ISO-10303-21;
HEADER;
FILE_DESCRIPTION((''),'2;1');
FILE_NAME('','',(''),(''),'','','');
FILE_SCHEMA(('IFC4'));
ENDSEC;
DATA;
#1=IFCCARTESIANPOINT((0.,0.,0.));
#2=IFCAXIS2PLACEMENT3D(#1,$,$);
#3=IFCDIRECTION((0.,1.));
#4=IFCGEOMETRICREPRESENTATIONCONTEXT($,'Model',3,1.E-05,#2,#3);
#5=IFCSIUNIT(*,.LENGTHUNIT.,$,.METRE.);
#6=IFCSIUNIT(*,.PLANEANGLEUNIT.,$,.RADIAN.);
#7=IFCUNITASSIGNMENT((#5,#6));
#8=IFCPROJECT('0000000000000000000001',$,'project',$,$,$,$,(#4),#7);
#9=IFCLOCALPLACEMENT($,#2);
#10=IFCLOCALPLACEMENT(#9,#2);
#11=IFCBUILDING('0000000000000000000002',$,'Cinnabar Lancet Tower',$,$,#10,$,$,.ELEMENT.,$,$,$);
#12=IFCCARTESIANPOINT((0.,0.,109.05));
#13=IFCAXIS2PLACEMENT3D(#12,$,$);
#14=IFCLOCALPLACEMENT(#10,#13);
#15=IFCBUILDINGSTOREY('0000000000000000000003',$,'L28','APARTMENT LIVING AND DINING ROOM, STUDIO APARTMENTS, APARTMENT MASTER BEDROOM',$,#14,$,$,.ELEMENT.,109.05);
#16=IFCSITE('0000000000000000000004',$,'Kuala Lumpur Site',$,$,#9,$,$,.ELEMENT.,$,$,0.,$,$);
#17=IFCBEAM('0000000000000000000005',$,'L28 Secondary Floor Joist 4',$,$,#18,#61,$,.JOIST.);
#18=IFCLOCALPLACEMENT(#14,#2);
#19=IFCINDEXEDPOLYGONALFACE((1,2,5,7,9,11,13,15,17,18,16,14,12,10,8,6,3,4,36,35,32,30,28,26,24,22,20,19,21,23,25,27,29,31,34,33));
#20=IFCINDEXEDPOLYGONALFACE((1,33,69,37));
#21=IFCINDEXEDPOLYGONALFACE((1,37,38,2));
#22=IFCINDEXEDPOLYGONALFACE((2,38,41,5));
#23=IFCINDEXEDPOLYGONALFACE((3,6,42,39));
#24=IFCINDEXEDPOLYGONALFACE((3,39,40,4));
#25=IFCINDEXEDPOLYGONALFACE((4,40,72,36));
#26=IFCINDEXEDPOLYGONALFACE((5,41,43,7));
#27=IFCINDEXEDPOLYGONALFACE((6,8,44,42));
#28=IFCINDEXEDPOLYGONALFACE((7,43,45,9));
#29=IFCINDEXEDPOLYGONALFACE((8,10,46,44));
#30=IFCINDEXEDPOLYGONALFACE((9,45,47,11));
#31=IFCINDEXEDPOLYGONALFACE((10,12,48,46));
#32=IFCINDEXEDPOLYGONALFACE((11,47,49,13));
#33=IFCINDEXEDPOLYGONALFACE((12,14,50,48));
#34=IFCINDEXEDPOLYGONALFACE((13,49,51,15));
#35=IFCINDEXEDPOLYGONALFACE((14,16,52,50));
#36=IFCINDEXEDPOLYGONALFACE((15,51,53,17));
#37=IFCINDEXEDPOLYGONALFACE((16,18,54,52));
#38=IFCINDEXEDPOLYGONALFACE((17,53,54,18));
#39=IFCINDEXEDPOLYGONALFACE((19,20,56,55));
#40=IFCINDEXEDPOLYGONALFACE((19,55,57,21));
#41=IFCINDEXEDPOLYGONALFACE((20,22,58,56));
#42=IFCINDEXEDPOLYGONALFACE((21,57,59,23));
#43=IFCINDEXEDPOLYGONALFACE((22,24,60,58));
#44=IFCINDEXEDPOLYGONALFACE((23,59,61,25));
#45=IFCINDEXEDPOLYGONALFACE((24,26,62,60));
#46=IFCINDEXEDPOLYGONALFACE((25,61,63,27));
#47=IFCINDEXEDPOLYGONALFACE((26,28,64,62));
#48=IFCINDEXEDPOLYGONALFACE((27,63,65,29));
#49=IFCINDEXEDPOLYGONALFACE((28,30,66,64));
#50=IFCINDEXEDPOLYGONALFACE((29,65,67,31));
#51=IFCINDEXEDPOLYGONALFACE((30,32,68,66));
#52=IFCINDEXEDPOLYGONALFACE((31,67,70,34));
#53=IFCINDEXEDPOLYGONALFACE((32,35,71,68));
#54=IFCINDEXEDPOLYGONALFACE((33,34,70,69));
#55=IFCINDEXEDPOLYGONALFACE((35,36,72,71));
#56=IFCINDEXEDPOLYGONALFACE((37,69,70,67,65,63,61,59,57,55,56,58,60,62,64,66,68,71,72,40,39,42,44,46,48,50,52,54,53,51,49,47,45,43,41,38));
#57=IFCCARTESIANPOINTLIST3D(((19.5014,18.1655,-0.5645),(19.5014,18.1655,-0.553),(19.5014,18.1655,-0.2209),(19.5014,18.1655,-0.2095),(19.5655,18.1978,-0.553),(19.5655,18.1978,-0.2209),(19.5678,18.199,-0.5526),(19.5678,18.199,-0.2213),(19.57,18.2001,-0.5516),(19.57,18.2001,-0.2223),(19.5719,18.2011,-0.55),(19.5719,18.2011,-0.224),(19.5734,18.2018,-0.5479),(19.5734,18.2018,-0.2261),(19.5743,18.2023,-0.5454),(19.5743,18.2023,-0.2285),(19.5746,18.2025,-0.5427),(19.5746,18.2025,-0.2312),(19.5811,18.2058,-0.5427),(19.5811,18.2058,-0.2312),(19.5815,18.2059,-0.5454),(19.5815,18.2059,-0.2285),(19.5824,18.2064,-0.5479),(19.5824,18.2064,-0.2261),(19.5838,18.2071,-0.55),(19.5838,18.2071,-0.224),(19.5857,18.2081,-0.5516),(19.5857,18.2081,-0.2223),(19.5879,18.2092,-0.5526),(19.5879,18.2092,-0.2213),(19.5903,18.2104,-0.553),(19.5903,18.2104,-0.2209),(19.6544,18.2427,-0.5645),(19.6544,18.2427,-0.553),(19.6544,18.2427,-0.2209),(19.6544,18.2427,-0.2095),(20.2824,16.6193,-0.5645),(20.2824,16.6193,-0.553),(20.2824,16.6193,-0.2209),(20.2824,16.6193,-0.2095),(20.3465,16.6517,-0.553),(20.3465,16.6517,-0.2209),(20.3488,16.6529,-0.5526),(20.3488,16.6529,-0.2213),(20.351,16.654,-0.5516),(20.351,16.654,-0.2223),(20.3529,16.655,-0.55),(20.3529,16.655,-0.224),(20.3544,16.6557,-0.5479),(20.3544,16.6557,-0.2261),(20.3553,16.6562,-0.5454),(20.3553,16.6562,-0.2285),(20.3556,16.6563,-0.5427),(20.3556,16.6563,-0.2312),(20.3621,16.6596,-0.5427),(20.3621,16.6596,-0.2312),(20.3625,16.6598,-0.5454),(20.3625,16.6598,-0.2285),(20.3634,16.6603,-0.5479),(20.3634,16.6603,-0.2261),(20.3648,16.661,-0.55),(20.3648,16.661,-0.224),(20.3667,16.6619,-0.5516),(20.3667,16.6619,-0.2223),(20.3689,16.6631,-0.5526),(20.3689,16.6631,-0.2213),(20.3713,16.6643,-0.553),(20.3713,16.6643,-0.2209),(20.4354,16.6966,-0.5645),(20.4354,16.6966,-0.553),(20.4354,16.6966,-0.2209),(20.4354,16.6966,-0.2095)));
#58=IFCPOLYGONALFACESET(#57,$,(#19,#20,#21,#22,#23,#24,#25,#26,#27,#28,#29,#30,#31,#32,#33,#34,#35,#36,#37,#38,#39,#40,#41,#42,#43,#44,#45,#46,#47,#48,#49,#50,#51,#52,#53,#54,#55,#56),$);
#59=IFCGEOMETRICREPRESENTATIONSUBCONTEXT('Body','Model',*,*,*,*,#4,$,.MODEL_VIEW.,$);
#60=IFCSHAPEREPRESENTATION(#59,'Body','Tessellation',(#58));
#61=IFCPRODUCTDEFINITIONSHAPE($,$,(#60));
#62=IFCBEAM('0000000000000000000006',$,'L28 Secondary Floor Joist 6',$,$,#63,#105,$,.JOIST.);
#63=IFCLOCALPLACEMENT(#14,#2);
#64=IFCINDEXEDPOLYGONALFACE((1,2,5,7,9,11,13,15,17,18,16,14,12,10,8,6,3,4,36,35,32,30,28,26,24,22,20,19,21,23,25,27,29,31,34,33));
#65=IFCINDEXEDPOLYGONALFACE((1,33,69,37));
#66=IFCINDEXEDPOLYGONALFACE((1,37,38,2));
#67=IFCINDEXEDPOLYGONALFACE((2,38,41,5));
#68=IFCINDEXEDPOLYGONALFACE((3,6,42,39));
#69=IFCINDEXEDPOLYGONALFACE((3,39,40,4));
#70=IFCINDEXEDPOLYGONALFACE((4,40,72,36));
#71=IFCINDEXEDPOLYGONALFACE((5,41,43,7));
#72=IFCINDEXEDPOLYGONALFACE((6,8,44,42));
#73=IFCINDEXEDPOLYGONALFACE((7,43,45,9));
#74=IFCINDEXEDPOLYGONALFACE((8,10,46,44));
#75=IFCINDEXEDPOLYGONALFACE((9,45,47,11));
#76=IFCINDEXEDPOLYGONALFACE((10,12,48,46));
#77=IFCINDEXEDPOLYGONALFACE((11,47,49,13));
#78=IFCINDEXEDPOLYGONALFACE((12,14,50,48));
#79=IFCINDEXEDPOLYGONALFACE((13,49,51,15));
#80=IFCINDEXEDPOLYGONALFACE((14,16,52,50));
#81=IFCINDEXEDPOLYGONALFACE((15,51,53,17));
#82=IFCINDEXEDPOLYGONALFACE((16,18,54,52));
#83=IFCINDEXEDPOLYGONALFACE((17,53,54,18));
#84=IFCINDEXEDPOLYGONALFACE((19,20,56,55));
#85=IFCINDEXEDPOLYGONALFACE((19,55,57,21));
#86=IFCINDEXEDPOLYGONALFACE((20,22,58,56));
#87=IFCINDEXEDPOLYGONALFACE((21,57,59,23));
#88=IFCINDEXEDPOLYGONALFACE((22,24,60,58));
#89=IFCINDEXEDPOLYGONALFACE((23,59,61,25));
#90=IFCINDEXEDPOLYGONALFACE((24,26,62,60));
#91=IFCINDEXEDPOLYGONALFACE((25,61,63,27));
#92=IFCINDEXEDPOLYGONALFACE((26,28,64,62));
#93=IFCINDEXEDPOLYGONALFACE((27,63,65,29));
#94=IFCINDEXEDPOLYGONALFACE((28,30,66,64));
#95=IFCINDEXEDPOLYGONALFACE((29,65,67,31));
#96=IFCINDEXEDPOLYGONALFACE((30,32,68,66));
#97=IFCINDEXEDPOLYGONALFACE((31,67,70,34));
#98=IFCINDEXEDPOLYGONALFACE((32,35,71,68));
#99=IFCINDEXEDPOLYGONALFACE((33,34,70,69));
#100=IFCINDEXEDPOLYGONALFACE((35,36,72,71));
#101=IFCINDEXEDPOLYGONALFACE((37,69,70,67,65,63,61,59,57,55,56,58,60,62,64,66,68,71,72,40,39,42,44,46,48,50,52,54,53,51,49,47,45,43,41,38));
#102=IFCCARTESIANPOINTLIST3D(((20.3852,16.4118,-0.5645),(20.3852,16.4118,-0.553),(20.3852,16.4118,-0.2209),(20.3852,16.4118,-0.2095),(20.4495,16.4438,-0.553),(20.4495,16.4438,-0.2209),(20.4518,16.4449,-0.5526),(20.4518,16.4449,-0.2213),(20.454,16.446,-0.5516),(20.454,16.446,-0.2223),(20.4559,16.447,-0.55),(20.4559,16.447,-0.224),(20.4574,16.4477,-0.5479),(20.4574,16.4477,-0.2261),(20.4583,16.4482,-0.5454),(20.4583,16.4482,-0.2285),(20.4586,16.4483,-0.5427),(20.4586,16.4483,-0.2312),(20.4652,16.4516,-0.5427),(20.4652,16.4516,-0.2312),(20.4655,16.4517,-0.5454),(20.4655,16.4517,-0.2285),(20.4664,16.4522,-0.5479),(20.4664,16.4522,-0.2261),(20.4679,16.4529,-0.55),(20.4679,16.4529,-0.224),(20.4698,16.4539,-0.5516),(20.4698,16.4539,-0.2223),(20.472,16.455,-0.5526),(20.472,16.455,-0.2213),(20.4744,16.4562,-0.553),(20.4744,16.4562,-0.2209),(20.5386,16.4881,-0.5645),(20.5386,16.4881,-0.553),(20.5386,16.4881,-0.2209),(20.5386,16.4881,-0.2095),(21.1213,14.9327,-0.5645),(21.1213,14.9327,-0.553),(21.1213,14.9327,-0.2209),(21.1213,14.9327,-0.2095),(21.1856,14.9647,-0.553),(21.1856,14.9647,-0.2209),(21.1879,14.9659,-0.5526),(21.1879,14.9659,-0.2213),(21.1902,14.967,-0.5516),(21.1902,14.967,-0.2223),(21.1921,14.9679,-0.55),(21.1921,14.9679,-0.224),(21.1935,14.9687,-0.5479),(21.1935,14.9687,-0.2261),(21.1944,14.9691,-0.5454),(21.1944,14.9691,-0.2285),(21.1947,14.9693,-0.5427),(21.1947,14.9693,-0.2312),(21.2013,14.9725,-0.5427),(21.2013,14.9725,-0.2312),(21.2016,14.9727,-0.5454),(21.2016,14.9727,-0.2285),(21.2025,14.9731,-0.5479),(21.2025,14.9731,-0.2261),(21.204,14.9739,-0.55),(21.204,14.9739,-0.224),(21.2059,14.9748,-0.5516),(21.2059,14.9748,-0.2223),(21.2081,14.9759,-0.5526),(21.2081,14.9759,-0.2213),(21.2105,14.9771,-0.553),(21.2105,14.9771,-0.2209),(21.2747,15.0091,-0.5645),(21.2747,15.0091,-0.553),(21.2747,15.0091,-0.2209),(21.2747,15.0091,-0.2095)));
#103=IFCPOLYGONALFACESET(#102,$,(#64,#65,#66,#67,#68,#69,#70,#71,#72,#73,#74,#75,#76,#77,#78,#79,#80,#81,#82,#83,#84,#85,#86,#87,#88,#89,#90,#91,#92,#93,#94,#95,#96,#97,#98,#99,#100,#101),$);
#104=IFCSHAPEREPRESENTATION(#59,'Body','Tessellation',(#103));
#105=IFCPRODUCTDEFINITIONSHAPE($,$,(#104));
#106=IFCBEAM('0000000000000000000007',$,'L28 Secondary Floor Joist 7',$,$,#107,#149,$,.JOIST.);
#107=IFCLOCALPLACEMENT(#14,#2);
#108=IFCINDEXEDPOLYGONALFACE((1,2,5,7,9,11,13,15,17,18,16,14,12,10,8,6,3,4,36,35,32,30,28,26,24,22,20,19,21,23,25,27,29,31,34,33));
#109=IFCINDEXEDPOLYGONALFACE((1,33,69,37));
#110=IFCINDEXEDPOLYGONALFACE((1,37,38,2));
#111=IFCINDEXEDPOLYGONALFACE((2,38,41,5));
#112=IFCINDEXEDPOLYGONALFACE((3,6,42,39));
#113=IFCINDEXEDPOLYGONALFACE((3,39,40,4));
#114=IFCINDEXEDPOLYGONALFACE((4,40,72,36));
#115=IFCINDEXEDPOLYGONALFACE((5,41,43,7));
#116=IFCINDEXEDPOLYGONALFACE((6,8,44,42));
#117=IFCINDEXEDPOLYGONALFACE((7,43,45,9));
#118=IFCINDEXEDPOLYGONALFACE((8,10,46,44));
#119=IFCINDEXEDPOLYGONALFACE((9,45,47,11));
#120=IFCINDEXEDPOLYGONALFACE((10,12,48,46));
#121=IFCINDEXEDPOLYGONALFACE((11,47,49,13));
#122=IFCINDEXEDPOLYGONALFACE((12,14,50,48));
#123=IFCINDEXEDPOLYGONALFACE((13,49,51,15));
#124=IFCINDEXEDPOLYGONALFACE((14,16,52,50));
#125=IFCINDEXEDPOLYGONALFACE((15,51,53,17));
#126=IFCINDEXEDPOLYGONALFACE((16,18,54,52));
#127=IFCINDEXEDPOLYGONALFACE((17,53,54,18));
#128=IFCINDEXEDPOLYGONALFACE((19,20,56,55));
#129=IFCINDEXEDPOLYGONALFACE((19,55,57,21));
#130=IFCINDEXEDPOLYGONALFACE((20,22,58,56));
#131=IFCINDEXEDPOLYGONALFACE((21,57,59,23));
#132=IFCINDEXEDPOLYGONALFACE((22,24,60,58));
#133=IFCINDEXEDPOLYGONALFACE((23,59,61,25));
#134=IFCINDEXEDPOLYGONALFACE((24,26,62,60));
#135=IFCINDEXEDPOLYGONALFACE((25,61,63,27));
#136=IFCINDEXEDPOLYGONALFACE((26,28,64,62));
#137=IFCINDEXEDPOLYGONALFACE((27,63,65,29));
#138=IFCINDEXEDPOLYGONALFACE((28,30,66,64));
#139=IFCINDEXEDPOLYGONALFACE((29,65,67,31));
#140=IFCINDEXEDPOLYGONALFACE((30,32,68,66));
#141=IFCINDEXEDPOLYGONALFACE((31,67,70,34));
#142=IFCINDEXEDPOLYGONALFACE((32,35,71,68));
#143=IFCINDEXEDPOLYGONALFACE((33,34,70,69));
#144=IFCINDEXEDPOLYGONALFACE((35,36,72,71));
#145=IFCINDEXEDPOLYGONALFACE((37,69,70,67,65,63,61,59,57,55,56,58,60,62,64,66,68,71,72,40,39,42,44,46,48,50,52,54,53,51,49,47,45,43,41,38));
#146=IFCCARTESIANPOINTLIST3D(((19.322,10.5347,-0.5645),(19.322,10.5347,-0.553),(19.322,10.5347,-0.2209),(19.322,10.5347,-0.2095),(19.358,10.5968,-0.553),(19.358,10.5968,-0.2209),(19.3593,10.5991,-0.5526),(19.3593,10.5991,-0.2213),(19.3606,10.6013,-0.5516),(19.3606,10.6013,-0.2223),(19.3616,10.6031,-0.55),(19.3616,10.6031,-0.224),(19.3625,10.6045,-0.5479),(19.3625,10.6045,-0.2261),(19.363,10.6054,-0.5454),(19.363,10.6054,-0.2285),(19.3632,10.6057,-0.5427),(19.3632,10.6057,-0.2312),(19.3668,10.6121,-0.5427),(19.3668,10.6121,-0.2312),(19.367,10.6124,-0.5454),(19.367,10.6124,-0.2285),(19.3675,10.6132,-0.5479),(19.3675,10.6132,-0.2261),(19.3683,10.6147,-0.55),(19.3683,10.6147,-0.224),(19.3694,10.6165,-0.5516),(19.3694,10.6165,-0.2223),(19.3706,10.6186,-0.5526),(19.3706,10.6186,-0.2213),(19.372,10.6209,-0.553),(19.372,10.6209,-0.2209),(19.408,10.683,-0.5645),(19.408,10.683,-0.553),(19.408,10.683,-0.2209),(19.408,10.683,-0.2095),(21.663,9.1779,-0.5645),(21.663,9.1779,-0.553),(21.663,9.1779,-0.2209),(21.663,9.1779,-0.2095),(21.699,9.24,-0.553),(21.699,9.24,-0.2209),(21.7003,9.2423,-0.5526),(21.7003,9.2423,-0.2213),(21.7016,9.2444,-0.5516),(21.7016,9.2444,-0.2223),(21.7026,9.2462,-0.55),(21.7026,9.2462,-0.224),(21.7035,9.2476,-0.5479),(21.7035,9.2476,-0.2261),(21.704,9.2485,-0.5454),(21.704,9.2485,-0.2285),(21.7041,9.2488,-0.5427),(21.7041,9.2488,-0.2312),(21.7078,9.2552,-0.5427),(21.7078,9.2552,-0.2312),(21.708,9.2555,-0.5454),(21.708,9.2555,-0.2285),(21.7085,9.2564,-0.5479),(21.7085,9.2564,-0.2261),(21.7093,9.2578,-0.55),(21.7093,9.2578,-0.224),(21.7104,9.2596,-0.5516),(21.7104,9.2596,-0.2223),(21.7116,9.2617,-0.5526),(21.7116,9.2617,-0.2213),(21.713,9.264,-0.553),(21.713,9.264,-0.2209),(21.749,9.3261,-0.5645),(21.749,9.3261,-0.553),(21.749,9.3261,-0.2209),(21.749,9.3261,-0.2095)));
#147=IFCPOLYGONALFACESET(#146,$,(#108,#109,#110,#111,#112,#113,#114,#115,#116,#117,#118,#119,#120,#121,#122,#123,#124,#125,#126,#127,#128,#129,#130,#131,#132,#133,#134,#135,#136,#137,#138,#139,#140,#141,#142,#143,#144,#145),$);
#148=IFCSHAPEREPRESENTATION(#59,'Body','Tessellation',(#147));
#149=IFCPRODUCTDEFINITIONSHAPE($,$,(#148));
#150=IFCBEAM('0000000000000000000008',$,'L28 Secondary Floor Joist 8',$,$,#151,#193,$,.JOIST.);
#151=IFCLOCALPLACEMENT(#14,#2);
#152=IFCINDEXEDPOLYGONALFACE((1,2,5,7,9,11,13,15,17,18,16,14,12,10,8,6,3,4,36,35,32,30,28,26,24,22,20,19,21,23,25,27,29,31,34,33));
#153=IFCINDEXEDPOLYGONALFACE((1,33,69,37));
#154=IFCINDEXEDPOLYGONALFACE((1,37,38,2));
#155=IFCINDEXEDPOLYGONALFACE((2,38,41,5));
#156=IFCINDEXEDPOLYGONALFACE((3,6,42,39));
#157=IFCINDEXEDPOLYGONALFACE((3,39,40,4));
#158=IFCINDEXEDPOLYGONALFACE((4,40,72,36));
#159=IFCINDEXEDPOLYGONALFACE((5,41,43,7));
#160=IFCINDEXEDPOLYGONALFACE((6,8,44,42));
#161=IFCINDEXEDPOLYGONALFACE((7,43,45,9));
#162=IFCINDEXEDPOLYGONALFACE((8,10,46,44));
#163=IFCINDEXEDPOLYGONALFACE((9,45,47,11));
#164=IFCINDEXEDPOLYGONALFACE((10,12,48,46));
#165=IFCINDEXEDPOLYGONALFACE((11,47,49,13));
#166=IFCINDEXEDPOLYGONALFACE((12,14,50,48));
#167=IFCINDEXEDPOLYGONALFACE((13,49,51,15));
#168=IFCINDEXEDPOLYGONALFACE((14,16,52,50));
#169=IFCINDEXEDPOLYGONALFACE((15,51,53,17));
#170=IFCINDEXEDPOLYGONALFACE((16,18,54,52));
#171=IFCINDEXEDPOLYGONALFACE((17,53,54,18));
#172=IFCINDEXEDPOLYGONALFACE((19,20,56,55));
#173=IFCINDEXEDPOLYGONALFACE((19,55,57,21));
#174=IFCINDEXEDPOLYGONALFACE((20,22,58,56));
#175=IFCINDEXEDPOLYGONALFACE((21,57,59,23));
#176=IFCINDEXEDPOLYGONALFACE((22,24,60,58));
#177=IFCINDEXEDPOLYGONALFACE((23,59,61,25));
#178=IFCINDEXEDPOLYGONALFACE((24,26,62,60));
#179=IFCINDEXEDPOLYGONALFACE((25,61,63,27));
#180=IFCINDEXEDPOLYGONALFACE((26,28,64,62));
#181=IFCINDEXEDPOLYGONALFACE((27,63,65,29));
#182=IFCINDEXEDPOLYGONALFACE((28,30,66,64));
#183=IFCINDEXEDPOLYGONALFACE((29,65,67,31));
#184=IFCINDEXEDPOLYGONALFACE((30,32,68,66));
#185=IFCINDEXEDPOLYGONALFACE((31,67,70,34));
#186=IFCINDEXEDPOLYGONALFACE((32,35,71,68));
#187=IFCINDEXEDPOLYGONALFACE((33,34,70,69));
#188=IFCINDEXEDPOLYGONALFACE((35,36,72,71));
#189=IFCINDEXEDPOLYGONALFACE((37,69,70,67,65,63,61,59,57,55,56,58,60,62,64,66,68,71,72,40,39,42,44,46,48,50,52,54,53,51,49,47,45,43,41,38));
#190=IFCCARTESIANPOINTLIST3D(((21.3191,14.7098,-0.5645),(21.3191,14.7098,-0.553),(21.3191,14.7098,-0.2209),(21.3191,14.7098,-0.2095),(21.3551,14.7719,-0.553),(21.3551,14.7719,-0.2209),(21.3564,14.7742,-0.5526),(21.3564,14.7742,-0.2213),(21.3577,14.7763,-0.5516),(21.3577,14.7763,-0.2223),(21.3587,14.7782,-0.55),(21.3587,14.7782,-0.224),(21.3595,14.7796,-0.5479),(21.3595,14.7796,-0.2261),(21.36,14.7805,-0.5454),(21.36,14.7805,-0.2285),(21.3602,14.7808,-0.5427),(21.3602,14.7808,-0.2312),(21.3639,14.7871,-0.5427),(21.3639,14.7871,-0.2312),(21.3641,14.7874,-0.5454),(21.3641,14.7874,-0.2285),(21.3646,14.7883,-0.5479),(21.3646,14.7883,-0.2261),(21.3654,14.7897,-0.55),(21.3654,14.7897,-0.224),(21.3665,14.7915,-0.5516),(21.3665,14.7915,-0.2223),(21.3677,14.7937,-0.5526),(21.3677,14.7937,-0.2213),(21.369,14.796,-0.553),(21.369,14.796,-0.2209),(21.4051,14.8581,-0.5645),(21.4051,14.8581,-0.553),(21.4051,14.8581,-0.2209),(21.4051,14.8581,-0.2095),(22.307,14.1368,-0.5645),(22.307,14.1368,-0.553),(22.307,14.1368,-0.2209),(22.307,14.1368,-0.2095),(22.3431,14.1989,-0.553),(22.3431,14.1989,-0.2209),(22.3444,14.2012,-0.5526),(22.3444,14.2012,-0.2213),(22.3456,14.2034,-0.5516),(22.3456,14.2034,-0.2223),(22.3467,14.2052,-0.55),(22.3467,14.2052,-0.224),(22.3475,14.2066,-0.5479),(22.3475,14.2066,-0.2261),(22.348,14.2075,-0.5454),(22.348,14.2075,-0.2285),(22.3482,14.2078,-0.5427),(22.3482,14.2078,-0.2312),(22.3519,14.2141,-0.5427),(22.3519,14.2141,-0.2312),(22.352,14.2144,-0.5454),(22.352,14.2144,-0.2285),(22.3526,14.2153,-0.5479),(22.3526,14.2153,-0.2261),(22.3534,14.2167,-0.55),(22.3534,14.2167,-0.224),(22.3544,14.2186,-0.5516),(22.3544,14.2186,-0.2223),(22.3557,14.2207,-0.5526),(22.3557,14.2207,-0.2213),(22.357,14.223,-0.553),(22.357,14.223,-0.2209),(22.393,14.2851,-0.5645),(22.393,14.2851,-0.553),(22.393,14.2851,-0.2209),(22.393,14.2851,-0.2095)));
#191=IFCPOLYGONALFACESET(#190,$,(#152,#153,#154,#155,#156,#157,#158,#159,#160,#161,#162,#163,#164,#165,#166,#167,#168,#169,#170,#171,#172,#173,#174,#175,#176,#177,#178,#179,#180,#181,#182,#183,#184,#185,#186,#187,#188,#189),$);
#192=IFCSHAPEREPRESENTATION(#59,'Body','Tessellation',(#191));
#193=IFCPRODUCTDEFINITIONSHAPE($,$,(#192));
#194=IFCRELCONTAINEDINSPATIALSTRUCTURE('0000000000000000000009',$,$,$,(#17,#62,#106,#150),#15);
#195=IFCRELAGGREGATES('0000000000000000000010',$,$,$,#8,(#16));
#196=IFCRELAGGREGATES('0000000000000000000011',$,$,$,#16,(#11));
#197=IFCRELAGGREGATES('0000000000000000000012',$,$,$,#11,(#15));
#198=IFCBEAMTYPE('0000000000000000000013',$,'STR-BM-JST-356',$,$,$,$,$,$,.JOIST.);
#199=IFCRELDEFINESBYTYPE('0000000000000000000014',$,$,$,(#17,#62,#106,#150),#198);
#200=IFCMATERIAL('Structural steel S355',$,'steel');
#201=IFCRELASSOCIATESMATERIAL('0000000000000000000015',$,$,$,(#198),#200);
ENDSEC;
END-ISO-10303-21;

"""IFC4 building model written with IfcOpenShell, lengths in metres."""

from ifc_helpers import new_model, si_unit, direction, frame, origin, origin_2d, place, context, subcontext, project, spatial, i_section, extrude, material, material_profile, profile_set, type_object, element, save


model = new_model("IFC4")

# Units and contexts
model_context = context("Model", 3, precision=1e-05, world=origin(), true_north=direction((0.0, 1.0)))
body_context = subcontext(model_context, "Body", "Model", "MODEL_VIEW")
ifc_project = project(units=[si_unit("LENGTHUNIT", "METRE"), si_unit("PLANEANGLEUNIT", "RADIAN")], contexts=[model_context])

# Site, building, storey
site_placement = place(None, origin())
site = spatial("IfcSite", under=ifc_project, at=site_placement, Name="Kuala Lumpur Site", CompositionType="ELEMENT", RefElevation=0.0)
building_placement = place(site_placement, origin())
building = spatial("IfcBuilding", under=site, at=building_placement, Name="Cinnabar Lancet Tower", CompositionType="ELEMENT")
storey_placement = place(building_placement, frame((0.0, 0.0, 109.05)))
storey = spatial("IfcBuildingStorey", under=building, at=storey_placement, Name="L28", Description="APARTMENT LIVING AND DINING ROOM, STUDIO APARTMENTS, APARTMENT MASTER BEDROOM", CompositionType="ELEMENT", Elevation=109.05)

# Beams
ifc_material_1 = material(Name="Structural steel S355", Category="steel")
ifc_material_profile = material_profile(ifc_material_1, i_section(OverallWidth=0.1714, OverallDepth=0.355, WebThickness=0.0073, FlangeThickness=0.0115, FilletRadius=0.0103, at=origin_2d()), Name="UKB 356x171x51")
ifc_profile_set = profile_set([ifc_material_profile], Name="Structural steel S355")
beam_type = type_object("IfcBeamType", Name="STR-BM-JST-356", PredefinedType="JOIST", material=ifc_profile_set)
beam_1_placement = place(storey_placement, frame((19.5779, 18.2041, -0.387), z_axis=(0.450874, -0.892587, 0.0), x_axis=(0.892587, 0.450874, 0.0)))
element("IfcBeam", 1, at=beam_1_placement, inside=storey, type_object=beam_type, Name="L28 Secondary Floor Joist 4", PredefinedType="JOIST", context=body_context, shape_type="SweptSolid", body=[
    extrude(i_section(OverallWidth=0.1714, OverallDepth=0.355, WebThickness=0.0073, FlangeThickness=0.0115, FilletRadius=0.0103, at=origin_2d()), origin(), (0.0, 0.0, 1.0), 1.7322),
])
beam_2_placement = place(storey_placement, frame((20.4619, 16.45, -0.387), z_axis=(0.445558, -0.895253, 0.0), x_axis=(0.895253, 0.445558, 0.0)))
element("IfcBeam", 2, at=beam_2_placement, inside=storey, type_object=beam_type, Name="L28 Secondary Floor Joist 6", PredefinedType="JOIST", context=body_context, shape_type="SweptSolid", body=[
    extrude(i_section(OverallWidth=0.1714, OverallDepth=0.355, WebThickness=0.0073, FlangeThickness=0.0115, FilletRadius=0.0103, at=origin_2d()), origin(), (0.0, 0.0, 1.0), 1.6521),
])
beam_3_placement = place(storey_placement, frame((19.365, 10.6089, -0.387), z_axis=(0.865173, -0.501474, 0.0), x_axis=(0.501474, 0.865173, 0.0)))
element("IfcBeam", 3, at=beam_3_placement, inside=storey, type_object=beam_type, Name="L28 Secondary Floor Joist 7", PredefinedType="JOIST", context=body_context, shape_type="SweptSolid", body=[
    extrude(i_section(OverallWidth=0.1714, OverallDepth=0.355, WebThickness=0.0073, FlangeThickness=0.0115, FilletRadius=0.0103, at=origin_2d()), origin(), (0.0, 0.0, 1.0), 2.7058),
])
beam_4_placement = place(storey_placement, frame((21.3621, 14.7839, -0.387), z_axis=(0.865055, -0.501677, 0.0), x_axis=(0.501677, 0.865055, 0.0)))
element("IfcBeam", 4, at=beam_4_placement, inside=storey, type_object=beam_type, Name="L28 Secondary Floor Joist 8", PredefinedType="JOIST", context=body_context, shape_type="SweptSolid", body=[
    extrude(i_section(OverallWidth=0.1714, OverallDepth=0.355, WebThickness=0.0073, FlangeThickness=0.0115, FilletRadius=0.0103, at=origin_2d()), origin(), (0.0, 0.0, 1.0), 1.1421),
])

save(model, "model.ifc")
